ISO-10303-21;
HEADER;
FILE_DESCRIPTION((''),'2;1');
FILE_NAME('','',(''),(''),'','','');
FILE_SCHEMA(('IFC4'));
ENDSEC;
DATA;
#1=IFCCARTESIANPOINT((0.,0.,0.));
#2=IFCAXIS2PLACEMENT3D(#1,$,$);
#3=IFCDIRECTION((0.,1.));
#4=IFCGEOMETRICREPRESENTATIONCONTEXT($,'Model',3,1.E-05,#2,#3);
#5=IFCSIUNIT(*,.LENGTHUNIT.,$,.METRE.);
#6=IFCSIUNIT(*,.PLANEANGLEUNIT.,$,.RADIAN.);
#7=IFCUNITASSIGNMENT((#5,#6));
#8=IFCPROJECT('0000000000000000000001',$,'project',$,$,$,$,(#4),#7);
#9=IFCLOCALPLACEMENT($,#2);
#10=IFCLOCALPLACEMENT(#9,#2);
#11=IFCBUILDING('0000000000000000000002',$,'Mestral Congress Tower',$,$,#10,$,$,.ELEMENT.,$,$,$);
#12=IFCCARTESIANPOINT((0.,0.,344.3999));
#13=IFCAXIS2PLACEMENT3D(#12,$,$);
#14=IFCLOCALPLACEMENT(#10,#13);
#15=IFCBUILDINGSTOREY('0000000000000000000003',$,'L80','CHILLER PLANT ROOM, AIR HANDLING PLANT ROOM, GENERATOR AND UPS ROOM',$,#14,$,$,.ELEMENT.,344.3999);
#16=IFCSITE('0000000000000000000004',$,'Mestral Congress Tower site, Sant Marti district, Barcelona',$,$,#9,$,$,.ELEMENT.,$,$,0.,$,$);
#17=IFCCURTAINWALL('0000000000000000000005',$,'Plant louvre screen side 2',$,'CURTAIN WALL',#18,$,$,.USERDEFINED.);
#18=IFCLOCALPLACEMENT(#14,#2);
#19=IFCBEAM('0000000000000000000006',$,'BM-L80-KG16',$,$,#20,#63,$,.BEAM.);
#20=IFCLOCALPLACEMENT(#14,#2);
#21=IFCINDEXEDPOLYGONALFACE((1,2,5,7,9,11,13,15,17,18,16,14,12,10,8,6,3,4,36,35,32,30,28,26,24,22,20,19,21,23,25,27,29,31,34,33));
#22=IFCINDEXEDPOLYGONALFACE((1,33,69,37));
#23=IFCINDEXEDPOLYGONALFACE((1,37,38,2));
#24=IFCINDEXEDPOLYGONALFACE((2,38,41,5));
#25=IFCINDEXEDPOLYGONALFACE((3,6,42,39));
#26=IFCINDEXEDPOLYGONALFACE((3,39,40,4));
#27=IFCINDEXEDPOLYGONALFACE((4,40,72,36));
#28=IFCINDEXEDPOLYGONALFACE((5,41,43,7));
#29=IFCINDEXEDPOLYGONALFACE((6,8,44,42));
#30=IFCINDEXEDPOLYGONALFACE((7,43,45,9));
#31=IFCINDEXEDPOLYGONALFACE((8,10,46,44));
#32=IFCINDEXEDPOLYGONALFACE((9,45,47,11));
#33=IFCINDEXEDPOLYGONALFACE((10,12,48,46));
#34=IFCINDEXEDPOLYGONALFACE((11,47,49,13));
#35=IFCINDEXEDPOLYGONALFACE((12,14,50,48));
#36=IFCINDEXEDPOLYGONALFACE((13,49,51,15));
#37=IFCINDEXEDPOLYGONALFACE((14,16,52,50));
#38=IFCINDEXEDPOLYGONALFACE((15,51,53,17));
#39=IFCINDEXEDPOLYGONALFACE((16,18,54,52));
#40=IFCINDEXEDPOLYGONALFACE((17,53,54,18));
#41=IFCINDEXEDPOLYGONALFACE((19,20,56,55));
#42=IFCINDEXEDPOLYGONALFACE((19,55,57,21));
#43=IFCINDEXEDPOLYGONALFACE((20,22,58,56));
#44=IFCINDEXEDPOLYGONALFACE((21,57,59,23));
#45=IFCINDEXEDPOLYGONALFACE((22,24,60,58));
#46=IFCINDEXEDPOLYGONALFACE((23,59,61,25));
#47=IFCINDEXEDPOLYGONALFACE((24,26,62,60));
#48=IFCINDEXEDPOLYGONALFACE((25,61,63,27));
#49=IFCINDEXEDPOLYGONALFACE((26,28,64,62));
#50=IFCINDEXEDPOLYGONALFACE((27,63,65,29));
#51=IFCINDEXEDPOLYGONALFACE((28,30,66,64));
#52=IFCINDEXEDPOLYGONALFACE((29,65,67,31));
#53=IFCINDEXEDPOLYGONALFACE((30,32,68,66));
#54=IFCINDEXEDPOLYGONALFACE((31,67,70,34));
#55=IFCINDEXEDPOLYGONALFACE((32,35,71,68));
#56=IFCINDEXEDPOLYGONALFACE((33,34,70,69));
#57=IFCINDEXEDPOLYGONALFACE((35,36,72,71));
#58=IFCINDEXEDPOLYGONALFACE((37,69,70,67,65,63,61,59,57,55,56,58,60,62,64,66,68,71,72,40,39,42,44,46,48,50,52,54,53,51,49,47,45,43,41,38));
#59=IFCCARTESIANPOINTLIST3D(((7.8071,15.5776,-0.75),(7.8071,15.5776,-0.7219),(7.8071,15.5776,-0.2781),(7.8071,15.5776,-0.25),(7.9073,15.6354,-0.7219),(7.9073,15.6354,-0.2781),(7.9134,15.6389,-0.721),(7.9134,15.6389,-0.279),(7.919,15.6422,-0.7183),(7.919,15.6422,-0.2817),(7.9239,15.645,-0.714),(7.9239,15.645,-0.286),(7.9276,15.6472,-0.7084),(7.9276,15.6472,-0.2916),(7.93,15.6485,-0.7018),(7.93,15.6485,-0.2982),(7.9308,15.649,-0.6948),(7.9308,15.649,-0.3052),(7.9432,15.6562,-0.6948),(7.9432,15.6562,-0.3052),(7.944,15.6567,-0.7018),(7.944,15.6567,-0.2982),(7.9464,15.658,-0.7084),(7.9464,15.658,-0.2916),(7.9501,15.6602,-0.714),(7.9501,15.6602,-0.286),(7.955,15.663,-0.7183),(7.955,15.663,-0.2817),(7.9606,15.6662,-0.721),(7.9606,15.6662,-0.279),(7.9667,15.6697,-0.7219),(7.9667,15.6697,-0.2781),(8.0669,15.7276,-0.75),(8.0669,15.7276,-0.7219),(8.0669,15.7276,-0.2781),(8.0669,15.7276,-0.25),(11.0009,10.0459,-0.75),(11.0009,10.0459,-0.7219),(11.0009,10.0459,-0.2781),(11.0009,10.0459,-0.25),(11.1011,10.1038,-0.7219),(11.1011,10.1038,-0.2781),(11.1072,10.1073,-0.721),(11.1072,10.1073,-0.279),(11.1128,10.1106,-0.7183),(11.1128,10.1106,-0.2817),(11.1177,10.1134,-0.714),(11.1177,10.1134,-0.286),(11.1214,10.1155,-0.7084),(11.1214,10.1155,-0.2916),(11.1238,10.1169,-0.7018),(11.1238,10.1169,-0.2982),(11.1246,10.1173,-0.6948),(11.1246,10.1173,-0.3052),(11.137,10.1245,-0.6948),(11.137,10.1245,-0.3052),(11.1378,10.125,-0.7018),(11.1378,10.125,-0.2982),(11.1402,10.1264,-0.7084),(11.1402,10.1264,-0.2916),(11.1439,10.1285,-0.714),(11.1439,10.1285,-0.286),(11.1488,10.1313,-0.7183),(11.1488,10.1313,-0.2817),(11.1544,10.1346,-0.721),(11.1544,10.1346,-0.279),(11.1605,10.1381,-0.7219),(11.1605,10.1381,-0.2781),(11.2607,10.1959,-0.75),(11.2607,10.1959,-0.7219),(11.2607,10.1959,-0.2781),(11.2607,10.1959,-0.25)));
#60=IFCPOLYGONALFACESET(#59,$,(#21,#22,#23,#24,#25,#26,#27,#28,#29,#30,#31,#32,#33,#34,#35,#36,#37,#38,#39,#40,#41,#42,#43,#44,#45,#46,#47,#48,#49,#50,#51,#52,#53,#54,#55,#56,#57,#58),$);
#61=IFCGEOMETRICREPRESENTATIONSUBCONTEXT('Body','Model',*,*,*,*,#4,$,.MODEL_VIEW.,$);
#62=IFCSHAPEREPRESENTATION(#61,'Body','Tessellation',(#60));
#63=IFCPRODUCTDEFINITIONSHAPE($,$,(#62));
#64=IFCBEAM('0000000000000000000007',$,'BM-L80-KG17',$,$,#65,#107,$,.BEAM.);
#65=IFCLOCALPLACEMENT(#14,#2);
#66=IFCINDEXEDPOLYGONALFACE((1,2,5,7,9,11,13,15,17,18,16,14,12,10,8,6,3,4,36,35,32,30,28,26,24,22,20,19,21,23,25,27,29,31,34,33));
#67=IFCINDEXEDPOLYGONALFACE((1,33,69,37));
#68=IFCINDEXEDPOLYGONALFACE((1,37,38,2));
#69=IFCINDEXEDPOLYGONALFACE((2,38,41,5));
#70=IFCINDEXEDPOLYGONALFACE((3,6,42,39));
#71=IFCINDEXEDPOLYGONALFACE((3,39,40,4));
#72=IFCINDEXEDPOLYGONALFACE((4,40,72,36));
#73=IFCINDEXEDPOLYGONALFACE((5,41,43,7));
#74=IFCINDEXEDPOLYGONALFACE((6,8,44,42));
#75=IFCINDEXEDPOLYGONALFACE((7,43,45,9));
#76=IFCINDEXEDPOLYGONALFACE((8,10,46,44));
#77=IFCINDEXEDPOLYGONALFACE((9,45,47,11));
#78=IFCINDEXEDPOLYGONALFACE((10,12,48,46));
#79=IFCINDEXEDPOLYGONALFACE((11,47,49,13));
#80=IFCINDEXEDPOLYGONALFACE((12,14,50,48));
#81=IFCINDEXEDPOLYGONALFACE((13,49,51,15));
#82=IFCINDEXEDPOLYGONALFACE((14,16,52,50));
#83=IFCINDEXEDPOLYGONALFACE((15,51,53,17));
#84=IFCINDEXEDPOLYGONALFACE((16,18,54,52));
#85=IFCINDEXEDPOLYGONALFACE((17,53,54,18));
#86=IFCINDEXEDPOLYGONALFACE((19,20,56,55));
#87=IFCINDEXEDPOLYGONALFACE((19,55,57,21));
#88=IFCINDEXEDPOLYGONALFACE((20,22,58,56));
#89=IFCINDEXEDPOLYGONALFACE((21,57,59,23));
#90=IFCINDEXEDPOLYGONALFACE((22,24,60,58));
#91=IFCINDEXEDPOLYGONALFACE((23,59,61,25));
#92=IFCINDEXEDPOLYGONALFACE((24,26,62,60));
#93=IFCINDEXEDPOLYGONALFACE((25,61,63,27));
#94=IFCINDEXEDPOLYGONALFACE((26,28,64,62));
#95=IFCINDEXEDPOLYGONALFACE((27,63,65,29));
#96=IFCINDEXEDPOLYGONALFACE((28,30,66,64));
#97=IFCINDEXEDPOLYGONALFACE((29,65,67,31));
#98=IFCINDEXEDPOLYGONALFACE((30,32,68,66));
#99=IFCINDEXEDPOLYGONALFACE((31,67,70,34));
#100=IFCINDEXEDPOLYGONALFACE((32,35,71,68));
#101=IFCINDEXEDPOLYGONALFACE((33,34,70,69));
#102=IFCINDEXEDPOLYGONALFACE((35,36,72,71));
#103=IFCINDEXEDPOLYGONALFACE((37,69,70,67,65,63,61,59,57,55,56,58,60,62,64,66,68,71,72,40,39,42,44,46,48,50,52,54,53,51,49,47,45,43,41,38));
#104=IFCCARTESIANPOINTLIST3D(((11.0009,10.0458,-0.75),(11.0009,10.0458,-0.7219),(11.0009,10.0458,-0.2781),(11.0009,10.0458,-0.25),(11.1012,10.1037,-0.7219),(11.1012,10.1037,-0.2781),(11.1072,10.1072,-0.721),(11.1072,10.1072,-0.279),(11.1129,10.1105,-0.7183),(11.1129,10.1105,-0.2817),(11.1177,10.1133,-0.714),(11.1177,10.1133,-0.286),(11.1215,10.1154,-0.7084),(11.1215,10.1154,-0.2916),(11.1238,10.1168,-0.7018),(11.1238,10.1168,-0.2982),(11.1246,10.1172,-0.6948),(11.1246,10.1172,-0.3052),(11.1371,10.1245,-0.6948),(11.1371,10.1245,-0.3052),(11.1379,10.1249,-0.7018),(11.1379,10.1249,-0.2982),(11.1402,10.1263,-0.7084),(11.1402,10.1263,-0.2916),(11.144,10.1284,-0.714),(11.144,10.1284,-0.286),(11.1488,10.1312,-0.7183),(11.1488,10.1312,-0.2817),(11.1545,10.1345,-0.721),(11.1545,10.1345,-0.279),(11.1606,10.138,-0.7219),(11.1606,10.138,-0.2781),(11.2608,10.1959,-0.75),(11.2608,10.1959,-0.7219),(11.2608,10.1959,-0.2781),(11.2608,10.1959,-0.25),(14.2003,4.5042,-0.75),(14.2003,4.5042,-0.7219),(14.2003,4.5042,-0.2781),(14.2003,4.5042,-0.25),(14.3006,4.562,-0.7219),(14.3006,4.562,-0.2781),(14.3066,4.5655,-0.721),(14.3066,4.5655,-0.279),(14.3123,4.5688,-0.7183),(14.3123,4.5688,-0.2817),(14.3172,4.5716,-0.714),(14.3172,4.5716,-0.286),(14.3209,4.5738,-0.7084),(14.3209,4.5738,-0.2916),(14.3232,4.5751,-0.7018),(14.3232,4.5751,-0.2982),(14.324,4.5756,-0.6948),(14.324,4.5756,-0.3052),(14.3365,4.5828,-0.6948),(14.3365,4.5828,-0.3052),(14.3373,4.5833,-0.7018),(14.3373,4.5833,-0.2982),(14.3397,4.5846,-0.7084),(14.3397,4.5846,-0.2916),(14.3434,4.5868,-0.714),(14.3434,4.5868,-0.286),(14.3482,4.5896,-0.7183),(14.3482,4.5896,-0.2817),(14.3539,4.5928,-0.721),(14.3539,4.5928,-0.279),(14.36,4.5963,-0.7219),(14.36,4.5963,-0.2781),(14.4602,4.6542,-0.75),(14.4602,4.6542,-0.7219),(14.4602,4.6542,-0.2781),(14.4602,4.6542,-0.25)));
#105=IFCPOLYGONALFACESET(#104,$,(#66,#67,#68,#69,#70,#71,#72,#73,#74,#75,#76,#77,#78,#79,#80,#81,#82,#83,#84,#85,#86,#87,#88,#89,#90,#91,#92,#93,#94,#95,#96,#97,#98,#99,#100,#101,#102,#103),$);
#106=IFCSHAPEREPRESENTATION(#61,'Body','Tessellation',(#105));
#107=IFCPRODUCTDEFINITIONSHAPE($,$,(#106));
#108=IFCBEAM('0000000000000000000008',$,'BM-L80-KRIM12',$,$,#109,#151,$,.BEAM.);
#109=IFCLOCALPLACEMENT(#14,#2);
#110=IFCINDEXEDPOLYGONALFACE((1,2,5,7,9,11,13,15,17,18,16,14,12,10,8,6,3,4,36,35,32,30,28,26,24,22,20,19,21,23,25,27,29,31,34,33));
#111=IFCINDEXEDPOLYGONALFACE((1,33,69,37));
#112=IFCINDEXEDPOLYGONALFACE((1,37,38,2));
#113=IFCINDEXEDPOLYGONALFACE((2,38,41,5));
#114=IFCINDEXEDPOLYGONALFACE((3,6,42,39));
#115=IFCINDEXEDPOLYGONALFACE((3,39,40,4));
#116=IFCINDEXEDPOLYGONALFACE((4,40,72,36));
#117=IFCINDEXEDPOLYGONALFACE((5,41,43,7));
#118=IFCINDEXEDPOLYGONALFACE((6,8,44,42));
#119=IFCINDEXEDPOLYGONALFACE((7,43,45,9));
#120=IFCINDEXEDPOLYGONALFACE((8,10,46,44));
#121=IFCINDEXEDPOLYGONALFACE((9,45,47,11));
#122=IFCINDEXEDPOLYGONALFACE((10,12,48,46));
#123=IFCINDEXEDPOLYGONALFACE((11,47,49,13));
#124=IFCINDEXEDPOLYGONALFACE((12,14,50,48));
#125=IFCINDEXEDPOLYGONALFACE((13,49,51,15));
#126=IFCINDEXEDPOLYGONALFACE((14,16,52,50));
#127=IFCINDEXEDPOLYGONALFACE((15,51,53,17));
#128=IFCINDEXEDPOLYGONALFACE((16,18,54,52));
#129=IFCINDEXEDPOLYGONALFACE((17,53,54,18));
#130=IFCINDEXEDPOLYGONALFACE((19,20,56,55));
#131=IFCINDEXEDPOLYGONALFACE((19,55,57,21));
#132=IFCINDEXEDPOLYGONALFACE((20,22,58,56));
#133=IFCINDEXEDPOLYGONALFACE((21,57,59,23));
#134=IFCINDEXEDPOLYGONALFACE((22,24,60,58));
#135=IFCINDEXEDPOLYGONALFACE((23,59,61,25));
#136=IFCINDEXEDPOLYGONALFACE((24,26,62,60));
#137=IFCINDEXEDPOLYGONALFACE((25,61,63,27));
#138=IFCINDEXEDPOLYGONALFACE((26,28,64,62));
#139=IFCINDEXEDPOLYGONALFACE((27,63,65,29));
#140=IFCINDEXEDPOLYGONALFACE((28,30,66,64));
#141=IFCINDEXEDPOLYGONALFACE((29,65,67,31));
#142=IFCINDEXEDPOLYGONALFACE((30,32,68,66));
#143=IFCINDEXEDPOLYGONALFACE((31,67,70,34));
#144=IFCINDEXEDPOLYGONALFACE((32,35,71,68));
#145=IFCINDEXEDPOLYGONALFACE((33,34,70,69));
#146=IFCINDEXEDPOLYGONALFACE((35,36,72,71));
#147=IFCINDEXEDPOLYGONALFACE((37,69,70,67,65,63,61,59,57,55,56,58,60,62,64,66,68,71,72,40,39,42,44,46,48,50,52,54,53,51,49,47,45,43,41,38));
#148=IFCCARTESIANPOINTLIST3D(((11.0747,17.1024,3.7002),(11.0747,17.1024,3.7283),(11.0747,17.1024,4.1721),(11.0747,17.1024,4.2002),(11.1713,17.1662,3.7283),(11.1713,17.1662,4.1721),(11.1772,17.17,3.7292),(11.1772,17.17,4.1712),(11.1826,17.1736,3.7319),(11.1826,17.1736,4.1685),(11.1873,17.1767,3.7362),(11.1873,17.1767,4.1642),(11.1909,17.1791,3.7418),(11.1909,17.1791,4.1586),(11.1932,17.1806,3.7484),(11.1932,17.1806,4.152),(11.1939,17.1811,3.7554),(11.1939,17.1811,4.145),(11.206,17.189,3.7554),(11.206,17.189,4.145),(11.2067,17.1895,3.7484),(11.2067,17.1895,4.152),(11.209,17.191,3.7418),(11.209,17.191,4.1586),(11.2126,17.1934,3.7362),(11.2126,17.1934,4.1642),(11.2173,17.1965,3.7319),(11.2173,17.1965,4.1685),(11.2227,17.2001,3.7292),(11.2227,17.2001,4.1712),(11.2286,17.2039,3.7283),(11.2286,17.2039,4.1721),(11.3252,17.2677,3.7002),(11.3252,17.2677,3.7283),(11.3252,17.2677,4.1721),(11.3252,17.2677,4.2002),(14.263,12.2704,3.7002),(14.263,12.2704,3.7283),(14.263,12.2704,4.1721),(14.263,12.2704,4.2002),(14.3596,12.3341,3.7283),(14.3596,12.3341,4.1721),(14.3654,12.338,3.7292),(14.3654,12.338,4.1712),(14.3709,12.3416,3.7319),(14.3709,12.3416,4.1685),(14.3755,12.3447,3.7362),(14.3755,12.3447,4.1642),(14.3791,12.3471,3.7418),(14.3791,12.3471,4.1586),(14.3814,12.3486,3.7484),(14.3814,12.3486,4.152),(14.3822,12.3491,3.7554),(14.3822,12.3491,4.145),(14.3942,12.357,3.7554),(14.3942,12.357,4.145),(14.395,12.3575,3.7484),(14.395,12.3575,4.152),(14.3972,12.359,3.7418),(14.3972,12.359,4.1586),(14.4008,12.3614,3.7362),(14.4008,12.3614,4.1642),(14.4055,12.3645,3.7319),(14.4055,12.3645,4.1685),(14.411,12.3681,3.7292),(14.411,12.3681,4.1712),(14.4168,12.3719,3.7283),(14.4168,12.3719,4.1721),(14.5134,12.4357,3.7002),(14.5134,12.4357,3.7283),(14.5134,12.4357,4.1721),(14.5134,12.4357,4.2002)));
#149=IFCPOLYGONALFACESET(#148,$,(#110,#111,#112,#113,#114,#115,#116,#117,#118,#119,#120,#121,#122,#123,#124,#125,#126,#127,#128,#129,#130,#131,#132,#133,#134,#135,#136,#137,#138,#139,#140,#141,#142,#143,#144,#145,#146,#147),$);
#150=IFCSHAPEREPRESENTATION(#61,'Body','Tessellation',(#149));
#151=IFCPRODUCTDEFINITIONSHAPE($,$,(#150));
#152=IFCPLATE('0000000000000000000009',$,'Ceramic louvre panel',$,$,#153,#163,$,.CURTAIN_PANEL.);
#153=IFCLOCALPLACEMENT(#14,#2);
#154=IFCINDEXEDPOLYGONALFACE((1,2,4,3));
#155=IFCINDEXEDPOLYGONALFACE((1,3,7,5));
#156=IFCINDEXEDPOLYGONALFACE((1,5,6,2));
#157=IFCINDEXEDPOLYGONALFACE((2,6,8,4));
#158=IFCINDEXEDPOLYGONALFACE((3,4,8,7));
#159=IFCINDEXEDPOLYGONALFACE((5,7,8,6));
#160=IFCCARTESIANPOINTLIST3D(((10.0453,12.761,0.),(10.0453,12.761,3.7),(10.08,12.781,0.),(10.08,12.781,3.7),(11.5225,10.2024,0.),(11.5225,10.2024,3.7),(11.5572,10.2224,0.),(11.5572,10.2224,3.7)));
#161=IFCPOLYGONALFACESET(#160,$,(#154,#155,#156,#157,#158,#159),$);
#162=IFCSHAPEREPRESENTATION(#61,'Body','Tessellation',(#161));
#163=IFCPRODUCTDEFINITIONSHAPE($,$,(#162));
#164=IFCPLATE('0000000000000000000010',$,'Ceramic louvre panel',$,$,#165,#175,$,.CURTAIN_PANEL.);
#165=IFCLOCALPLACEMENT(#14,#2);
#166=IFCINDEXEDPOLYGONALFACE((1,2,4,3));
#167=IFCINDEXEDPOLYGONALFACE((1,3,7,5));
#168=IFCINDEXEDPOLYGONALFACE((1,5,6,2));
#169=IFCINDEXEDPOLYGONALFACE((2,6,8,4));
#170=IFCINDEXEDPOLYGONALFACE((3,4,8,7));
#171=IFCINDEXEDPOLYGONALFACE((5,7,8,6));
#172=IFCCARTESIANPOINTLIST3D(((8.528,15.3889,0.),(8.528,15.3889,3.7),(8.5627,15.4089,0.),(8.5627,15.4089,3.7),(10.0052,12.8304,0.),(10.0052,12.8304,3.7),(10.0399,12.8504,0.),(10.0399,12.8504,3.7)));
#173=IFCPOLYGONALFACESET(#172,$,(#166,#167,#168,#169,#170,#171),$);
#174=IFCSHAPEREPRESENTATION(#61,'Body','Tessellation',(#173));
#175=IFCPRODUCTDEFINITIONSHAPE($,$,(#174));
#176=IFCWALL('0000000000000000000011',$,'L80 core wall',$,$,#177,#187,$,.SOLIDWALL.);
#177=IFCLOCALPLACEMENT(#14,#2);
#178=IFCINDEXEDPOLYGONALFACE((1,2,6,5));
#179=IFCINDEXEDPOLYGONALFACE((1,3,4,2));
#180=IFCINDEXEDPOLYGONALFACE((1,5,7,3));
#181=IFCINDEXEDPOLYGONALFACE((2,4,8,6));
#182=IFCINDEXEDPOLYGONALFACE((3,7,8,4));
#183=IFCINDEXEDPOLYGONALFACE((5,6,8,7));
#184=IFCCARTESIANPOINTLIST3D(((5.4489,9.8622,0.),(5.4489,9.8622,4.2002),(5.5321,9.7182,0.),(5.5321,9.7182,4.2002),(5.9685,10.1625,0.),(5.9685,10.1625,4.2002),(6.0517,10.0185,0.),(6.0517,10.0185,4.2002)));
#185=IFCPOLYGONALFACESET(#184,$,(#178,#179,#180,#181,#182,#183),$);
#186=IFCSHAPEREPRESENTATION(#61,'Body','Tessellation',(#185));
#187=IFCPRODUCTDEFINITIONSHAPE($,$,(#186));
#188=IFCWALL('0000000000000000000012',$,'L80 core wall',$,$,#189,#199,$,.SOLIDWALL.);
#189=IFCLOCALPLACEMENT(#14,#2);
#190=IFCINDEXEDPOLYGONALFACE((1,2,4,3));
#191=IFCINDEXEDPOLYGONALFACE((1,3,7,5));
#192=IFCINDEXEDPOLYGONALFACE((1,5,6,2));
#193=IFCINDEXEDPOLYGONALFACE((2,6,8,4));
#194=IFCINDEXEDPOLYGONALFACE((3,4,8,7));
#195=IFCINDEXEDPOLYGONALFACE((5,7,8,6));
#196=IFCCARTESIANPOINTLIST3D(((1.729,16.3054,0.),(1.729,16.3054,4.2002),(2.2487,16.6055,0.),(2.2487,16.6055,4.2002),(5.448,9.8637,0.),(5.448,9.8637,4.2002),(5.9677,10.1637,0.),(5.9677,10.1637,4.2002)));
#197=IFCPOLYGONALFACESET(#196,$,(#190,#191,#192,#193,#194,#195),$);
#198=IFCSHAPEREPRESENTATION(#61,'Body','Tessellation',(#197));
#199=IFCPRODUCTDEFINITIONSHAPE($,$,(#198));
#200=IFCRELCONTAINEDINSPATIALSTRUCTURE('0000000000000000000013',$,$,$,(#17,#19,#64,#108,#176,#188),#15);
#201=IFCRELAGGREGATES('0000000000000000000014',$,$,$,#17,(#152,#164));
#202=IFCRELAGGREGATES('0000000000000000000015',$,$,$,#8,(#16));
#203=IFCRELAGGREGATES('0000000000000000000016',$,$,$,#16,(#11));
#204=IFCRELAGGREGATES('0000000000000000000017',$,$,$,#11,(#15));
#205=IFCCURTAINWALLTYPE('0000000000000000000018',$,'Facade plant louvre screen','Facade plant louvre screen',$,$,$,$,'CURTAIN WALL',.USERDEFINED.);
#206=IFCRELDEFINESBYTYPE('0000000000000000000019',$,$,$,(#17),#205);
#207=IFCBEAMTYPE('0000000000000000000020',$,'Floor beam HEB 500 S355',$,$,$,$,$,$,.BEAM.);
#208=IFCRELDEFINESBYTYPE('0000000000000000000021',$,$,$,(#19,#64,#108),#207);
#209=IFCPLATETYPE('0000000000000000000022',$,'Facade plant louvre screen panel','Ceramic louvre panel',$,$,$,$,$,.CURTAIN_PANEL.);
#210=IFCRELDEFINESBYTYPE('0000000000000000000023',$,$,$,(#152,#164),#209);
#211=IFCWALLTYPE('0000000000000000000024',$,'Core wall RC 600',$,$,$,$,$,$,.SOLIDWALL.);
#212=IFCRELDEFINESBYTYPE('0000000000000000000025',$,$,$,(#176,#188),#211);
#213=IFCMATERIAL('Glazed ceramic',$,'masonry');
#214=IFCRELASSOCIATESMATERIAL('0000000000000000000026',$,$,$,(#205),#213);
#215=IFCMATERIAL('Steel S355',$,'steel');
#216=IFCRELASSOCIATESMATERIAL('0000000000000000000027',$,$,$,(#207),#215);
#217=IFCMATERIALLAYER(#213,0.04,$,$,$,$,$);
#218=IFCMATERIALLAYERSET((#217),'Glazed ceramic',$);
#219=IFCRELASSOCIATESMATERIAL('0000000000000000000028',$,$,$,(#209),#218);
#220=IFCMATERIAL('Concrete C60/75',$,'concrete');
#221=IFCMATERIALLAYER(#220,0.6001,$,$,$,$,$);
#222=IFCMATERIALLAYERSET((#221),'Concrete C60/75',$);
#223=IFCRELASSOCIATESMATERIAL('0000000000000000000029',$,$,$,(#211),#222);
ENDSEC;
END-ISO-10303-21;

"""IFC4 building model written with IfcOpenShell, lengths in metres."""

from ifc_helpers import new_model, si_unit, direction, frame, frame_2d, origin, origin_2d, place, context, subcontext, project, spatial, rectangle, i_section, extrude, material, layer, layer_set, material_profile, profile_set, type_object, element, aggregate, save


model = new_model("IFC4")

# Units and contexts
model_context = context("Model", 3, precision=1e-05, world=origin(), true_north=direction((0.0, 1.0)))
body_context = subcontext(model_context, "Body", "Model", "MODEL_VIEW")
ifc_project = project(units=[si_unit("LENGTHUNIT", "METRE"), si_unit("PLANEANGLEUNIT", "RADIAN")], contexts=[model_context])

# Site, building, storey
site_placement = place(None, origin())
site = spatial("IfcSite", under=ifc_project, at=site_placement, Name="Mestral Congress Tower site, Sant Marti district, Barcelona", CompositionType="ELEMENT", RefElevation=0.0)
building_placement = place(site_placement, origin())
building = spatial("IfcBuilding", under=site, at=building_placement, Name="Mestral Congress Tower", CompositionType="ELEMENT")
storey_placement = place(building_placement, frame((0.0, 0.0, 344.3999)))
storey = spatial("IfcBuildingStorey", under=building, at=storey_placement, Name="L80", Description="CHILLER PLANT ROOM, AIR HANDLING PLANT ROOM, GENERATOR AND UPS ROOM", CompositionType="ELEMENT", Elevation=344.3999)

# Shared definitions
ifc_material_1 = material(Name="Steel S355", Category="steel")

# Curtain wall
ifc_material_2 = material(Name="Glazed ceramic", Category="masonry")
curtain_wall_type = type_object("IfcCurtainWallType", Name="Facade plant louvre screen", Description="Facade plant louvre screen", ElementType="CURTAIN WALL", PredefinedType="USERDEFINED", material=ifc_material_2)
placement = place(storey_placement, origin())
curtain_wall = element("IfcCurtainWall", 1, at=placement, inside=storey, type_object=curtain_wall_type, Name="Plant louvre screen side 2", ObjectType="CURTAIN WALL", PredefinedType="USERDEFINED")

# Beams
ifc_material_profile_1 = material_profile(ifc_material_1, i_section(OverallWidth=0.3, OverallDepth=0.5, WebThickness=0.0144, FlangeThickness=0.0281, FilletRadius=0.0271, at=origin_2d()), Name="HEB 500")
ifc_profile_set_1 = profile_set([ifc_material_profile_1], Name="Steel S355")
beam_type_1 = type_object("IfcBeamType", Name="Floor beam HEB 500 S355", PredefinedType="BEAM", material=ifc_profile_set_1)
beam_1_placement = place(storey_placement, frame((7.937, 15.6526, -0.5), z_axis=(0.500011, -0.866019, 0.0), x_axis=(0.866019, 0.500011, 0.0)))
element("IfcBeam", 2, at=beam_1_placement, inside=storey, type_object=beam_type_1, Name="BM-L80-KG16", PredefinedType="BEAM", context=body_context, shape_type="SweptSolid", body=[
    extrude(i_section(OverallWidth=0.3, OverallDepth=0.5, WebThickness=0.0144, FlangeThickness=0.0281, FilletRadius=0.0271, at=origin_2d()), origin(), (0.0, 0.0, 1.0), 6.3875),
])
beam_2_placement = place(storey_placement, frame((11.1309, 10.1208, -0.5), z_axis=(0.499992, -0.86603, 0.0), x_axis=(0.86603, 0.499992, 0.0)))
element("IfcBeam", 3, at=beam_2_placement, inside=storey, type_object=beam_type_1, Name="BM-L80-KG17", PredefinedType="BEAM", context=body_context, shape_type="SweptSolid", body=[
    extrude(i_section(OverallWidth=0.3, OverallDepth=0.5, WebThickness=0.0144, FlangeThickness=0.0281, FilletRadius=0.0271, at=origin_2d()), origin(), (0.0, 0.0, 1.0), 6.3989),
])
beam_3_placement = place(storey_placement, frame((14.3882, 12.353, 3.9502), z_axis=(-0.550733, 0.834682, 0.0), x_axis=(-0.834682, -0.550733, 0.0)))
element("IfcBeam", 4, at=beam_3_placement, inside=storey, type_object=beam_type_1, Name="BM-L80-KRIM12", PredefinedType="BEAM", context=body_context, shape_type="SweptSolid", body=[
    extrude(i_section(OverallWidth=0.3, OverallDepth=0.5, WebThickness=0.0144, FlangeThickness=0.0281, FilletRadius=0.0271, at=origin_2d()), origin(), (0.0, 0.0, 1.0), 5.7891),
])

# Plates
ifc_layer_1 = layer(ifc_material_2, 0.04)
ifc_layer_set_1 = layer_set([ifc_layer_1], Name="Glazed ceramic")
plate_type = type_object("IfcPlateType", Name="Facade plant louvre screen panel", Description="Ceramic louvre panel", PredefinedType="CURTAIN_PANEL", material=ifc_layer_set_1)
plate_1_placement = place(storey_placement, frame((10.8013, 11.4917, 0.0), z_axis=(0.0, 0.0, 1.0), x_axis=(-0.500002, 0.866025, 0.0)))
plate_1 = element("IfcPlate", 5, at=plate_1_placement, type_object=plate_type, Name="Ceramic louvre panel", PredefinedType="CURTAIN_PANEL", context=body_context, shape_type="SweptSolid", body=[
    extrude(rectangle(XDim=2.9543, YDim=0.04, at=origin_2d()), origin(), (0.0, 0.0, 1.0), 3.7),
])
plate_2_placement = place(storey_placement, frame((9.2839, 14.1196, 0.0), z_axis=(0.0, 0.0, 1.0), x_axis=(-0.500002, 0.866025, 0.0)))
plate_2 = element("IfcPlate", 6, at=plate_2_placement, type_object=plate_type, Name="Ceramic louvre panel", PredefinedType="CURTAIN_PANEL", context=body_context, shape_type="SweptSolid", body=[
    extrude(rectangle(XDim=2.9543, YDim=0.04, at=origin_2d()), origin(), (0.0, 0.0, 1.0), 3.7),
])
aggregate(curtain_wall, [plate_1, plate_2])

# Walls
ifc_material_3 = material(Name="Concrete C60/75", Category="concrete")
ifc_layer_2 = layer(ifc_material_3, 0.6001)
ifc_layer_set_2 = layer_set([ifc_layer_2], Name="Concrete C60/75")
wall_type_1 = type_object("IfcWallType", Name="Core wall RC 600", PredefinedType="SOLIDWALL", material=ifc_layer_set_2)
wall_1_placement = place(storey_placement, frame((5.7087, 10.0122, 0.0), z_axis=(0.0, 0.0, 1.0), x_axis=(0.5004, -0.865794, 0.0)))
element("IfcWall", 7, at=wall_1_placement, inside=storey, type_object=wall_type_1, Name="L80 core wall", PredefinedType="SOLIDWALL", context=body_context, shape_type="SweptSolid", body=[
    extrude(rectangle(XDim=0.1663, YDim=0.6001, at=frame_2d((0.083, 0.0))), origin(), (0.0, 0.0, 1.0), 4.2002),
])
wall_2_placement = place(storey_placement, frame((1.9888, 16.4556, 0.0), z_axis=(0.0, 0.0, 1.0), x_axis=(0.49999, -0.866031, 0.0)))
element("IfcWall", 8, at=wall_2_placement, inside=storey, type_object=wall_type_1, Name="L80 core wall", PredefinedType="SOLIDWALL", context=body_context, shape_type="SweptSolid", body=[
    extrude(rectangle(XDim=7.4382, YDim=0.6001, at=frame_2d((3.7192, 0.0))), origin(), (0.0, 0.0, 1.0), 4.2002),
])

save(model, "model.ifc")
